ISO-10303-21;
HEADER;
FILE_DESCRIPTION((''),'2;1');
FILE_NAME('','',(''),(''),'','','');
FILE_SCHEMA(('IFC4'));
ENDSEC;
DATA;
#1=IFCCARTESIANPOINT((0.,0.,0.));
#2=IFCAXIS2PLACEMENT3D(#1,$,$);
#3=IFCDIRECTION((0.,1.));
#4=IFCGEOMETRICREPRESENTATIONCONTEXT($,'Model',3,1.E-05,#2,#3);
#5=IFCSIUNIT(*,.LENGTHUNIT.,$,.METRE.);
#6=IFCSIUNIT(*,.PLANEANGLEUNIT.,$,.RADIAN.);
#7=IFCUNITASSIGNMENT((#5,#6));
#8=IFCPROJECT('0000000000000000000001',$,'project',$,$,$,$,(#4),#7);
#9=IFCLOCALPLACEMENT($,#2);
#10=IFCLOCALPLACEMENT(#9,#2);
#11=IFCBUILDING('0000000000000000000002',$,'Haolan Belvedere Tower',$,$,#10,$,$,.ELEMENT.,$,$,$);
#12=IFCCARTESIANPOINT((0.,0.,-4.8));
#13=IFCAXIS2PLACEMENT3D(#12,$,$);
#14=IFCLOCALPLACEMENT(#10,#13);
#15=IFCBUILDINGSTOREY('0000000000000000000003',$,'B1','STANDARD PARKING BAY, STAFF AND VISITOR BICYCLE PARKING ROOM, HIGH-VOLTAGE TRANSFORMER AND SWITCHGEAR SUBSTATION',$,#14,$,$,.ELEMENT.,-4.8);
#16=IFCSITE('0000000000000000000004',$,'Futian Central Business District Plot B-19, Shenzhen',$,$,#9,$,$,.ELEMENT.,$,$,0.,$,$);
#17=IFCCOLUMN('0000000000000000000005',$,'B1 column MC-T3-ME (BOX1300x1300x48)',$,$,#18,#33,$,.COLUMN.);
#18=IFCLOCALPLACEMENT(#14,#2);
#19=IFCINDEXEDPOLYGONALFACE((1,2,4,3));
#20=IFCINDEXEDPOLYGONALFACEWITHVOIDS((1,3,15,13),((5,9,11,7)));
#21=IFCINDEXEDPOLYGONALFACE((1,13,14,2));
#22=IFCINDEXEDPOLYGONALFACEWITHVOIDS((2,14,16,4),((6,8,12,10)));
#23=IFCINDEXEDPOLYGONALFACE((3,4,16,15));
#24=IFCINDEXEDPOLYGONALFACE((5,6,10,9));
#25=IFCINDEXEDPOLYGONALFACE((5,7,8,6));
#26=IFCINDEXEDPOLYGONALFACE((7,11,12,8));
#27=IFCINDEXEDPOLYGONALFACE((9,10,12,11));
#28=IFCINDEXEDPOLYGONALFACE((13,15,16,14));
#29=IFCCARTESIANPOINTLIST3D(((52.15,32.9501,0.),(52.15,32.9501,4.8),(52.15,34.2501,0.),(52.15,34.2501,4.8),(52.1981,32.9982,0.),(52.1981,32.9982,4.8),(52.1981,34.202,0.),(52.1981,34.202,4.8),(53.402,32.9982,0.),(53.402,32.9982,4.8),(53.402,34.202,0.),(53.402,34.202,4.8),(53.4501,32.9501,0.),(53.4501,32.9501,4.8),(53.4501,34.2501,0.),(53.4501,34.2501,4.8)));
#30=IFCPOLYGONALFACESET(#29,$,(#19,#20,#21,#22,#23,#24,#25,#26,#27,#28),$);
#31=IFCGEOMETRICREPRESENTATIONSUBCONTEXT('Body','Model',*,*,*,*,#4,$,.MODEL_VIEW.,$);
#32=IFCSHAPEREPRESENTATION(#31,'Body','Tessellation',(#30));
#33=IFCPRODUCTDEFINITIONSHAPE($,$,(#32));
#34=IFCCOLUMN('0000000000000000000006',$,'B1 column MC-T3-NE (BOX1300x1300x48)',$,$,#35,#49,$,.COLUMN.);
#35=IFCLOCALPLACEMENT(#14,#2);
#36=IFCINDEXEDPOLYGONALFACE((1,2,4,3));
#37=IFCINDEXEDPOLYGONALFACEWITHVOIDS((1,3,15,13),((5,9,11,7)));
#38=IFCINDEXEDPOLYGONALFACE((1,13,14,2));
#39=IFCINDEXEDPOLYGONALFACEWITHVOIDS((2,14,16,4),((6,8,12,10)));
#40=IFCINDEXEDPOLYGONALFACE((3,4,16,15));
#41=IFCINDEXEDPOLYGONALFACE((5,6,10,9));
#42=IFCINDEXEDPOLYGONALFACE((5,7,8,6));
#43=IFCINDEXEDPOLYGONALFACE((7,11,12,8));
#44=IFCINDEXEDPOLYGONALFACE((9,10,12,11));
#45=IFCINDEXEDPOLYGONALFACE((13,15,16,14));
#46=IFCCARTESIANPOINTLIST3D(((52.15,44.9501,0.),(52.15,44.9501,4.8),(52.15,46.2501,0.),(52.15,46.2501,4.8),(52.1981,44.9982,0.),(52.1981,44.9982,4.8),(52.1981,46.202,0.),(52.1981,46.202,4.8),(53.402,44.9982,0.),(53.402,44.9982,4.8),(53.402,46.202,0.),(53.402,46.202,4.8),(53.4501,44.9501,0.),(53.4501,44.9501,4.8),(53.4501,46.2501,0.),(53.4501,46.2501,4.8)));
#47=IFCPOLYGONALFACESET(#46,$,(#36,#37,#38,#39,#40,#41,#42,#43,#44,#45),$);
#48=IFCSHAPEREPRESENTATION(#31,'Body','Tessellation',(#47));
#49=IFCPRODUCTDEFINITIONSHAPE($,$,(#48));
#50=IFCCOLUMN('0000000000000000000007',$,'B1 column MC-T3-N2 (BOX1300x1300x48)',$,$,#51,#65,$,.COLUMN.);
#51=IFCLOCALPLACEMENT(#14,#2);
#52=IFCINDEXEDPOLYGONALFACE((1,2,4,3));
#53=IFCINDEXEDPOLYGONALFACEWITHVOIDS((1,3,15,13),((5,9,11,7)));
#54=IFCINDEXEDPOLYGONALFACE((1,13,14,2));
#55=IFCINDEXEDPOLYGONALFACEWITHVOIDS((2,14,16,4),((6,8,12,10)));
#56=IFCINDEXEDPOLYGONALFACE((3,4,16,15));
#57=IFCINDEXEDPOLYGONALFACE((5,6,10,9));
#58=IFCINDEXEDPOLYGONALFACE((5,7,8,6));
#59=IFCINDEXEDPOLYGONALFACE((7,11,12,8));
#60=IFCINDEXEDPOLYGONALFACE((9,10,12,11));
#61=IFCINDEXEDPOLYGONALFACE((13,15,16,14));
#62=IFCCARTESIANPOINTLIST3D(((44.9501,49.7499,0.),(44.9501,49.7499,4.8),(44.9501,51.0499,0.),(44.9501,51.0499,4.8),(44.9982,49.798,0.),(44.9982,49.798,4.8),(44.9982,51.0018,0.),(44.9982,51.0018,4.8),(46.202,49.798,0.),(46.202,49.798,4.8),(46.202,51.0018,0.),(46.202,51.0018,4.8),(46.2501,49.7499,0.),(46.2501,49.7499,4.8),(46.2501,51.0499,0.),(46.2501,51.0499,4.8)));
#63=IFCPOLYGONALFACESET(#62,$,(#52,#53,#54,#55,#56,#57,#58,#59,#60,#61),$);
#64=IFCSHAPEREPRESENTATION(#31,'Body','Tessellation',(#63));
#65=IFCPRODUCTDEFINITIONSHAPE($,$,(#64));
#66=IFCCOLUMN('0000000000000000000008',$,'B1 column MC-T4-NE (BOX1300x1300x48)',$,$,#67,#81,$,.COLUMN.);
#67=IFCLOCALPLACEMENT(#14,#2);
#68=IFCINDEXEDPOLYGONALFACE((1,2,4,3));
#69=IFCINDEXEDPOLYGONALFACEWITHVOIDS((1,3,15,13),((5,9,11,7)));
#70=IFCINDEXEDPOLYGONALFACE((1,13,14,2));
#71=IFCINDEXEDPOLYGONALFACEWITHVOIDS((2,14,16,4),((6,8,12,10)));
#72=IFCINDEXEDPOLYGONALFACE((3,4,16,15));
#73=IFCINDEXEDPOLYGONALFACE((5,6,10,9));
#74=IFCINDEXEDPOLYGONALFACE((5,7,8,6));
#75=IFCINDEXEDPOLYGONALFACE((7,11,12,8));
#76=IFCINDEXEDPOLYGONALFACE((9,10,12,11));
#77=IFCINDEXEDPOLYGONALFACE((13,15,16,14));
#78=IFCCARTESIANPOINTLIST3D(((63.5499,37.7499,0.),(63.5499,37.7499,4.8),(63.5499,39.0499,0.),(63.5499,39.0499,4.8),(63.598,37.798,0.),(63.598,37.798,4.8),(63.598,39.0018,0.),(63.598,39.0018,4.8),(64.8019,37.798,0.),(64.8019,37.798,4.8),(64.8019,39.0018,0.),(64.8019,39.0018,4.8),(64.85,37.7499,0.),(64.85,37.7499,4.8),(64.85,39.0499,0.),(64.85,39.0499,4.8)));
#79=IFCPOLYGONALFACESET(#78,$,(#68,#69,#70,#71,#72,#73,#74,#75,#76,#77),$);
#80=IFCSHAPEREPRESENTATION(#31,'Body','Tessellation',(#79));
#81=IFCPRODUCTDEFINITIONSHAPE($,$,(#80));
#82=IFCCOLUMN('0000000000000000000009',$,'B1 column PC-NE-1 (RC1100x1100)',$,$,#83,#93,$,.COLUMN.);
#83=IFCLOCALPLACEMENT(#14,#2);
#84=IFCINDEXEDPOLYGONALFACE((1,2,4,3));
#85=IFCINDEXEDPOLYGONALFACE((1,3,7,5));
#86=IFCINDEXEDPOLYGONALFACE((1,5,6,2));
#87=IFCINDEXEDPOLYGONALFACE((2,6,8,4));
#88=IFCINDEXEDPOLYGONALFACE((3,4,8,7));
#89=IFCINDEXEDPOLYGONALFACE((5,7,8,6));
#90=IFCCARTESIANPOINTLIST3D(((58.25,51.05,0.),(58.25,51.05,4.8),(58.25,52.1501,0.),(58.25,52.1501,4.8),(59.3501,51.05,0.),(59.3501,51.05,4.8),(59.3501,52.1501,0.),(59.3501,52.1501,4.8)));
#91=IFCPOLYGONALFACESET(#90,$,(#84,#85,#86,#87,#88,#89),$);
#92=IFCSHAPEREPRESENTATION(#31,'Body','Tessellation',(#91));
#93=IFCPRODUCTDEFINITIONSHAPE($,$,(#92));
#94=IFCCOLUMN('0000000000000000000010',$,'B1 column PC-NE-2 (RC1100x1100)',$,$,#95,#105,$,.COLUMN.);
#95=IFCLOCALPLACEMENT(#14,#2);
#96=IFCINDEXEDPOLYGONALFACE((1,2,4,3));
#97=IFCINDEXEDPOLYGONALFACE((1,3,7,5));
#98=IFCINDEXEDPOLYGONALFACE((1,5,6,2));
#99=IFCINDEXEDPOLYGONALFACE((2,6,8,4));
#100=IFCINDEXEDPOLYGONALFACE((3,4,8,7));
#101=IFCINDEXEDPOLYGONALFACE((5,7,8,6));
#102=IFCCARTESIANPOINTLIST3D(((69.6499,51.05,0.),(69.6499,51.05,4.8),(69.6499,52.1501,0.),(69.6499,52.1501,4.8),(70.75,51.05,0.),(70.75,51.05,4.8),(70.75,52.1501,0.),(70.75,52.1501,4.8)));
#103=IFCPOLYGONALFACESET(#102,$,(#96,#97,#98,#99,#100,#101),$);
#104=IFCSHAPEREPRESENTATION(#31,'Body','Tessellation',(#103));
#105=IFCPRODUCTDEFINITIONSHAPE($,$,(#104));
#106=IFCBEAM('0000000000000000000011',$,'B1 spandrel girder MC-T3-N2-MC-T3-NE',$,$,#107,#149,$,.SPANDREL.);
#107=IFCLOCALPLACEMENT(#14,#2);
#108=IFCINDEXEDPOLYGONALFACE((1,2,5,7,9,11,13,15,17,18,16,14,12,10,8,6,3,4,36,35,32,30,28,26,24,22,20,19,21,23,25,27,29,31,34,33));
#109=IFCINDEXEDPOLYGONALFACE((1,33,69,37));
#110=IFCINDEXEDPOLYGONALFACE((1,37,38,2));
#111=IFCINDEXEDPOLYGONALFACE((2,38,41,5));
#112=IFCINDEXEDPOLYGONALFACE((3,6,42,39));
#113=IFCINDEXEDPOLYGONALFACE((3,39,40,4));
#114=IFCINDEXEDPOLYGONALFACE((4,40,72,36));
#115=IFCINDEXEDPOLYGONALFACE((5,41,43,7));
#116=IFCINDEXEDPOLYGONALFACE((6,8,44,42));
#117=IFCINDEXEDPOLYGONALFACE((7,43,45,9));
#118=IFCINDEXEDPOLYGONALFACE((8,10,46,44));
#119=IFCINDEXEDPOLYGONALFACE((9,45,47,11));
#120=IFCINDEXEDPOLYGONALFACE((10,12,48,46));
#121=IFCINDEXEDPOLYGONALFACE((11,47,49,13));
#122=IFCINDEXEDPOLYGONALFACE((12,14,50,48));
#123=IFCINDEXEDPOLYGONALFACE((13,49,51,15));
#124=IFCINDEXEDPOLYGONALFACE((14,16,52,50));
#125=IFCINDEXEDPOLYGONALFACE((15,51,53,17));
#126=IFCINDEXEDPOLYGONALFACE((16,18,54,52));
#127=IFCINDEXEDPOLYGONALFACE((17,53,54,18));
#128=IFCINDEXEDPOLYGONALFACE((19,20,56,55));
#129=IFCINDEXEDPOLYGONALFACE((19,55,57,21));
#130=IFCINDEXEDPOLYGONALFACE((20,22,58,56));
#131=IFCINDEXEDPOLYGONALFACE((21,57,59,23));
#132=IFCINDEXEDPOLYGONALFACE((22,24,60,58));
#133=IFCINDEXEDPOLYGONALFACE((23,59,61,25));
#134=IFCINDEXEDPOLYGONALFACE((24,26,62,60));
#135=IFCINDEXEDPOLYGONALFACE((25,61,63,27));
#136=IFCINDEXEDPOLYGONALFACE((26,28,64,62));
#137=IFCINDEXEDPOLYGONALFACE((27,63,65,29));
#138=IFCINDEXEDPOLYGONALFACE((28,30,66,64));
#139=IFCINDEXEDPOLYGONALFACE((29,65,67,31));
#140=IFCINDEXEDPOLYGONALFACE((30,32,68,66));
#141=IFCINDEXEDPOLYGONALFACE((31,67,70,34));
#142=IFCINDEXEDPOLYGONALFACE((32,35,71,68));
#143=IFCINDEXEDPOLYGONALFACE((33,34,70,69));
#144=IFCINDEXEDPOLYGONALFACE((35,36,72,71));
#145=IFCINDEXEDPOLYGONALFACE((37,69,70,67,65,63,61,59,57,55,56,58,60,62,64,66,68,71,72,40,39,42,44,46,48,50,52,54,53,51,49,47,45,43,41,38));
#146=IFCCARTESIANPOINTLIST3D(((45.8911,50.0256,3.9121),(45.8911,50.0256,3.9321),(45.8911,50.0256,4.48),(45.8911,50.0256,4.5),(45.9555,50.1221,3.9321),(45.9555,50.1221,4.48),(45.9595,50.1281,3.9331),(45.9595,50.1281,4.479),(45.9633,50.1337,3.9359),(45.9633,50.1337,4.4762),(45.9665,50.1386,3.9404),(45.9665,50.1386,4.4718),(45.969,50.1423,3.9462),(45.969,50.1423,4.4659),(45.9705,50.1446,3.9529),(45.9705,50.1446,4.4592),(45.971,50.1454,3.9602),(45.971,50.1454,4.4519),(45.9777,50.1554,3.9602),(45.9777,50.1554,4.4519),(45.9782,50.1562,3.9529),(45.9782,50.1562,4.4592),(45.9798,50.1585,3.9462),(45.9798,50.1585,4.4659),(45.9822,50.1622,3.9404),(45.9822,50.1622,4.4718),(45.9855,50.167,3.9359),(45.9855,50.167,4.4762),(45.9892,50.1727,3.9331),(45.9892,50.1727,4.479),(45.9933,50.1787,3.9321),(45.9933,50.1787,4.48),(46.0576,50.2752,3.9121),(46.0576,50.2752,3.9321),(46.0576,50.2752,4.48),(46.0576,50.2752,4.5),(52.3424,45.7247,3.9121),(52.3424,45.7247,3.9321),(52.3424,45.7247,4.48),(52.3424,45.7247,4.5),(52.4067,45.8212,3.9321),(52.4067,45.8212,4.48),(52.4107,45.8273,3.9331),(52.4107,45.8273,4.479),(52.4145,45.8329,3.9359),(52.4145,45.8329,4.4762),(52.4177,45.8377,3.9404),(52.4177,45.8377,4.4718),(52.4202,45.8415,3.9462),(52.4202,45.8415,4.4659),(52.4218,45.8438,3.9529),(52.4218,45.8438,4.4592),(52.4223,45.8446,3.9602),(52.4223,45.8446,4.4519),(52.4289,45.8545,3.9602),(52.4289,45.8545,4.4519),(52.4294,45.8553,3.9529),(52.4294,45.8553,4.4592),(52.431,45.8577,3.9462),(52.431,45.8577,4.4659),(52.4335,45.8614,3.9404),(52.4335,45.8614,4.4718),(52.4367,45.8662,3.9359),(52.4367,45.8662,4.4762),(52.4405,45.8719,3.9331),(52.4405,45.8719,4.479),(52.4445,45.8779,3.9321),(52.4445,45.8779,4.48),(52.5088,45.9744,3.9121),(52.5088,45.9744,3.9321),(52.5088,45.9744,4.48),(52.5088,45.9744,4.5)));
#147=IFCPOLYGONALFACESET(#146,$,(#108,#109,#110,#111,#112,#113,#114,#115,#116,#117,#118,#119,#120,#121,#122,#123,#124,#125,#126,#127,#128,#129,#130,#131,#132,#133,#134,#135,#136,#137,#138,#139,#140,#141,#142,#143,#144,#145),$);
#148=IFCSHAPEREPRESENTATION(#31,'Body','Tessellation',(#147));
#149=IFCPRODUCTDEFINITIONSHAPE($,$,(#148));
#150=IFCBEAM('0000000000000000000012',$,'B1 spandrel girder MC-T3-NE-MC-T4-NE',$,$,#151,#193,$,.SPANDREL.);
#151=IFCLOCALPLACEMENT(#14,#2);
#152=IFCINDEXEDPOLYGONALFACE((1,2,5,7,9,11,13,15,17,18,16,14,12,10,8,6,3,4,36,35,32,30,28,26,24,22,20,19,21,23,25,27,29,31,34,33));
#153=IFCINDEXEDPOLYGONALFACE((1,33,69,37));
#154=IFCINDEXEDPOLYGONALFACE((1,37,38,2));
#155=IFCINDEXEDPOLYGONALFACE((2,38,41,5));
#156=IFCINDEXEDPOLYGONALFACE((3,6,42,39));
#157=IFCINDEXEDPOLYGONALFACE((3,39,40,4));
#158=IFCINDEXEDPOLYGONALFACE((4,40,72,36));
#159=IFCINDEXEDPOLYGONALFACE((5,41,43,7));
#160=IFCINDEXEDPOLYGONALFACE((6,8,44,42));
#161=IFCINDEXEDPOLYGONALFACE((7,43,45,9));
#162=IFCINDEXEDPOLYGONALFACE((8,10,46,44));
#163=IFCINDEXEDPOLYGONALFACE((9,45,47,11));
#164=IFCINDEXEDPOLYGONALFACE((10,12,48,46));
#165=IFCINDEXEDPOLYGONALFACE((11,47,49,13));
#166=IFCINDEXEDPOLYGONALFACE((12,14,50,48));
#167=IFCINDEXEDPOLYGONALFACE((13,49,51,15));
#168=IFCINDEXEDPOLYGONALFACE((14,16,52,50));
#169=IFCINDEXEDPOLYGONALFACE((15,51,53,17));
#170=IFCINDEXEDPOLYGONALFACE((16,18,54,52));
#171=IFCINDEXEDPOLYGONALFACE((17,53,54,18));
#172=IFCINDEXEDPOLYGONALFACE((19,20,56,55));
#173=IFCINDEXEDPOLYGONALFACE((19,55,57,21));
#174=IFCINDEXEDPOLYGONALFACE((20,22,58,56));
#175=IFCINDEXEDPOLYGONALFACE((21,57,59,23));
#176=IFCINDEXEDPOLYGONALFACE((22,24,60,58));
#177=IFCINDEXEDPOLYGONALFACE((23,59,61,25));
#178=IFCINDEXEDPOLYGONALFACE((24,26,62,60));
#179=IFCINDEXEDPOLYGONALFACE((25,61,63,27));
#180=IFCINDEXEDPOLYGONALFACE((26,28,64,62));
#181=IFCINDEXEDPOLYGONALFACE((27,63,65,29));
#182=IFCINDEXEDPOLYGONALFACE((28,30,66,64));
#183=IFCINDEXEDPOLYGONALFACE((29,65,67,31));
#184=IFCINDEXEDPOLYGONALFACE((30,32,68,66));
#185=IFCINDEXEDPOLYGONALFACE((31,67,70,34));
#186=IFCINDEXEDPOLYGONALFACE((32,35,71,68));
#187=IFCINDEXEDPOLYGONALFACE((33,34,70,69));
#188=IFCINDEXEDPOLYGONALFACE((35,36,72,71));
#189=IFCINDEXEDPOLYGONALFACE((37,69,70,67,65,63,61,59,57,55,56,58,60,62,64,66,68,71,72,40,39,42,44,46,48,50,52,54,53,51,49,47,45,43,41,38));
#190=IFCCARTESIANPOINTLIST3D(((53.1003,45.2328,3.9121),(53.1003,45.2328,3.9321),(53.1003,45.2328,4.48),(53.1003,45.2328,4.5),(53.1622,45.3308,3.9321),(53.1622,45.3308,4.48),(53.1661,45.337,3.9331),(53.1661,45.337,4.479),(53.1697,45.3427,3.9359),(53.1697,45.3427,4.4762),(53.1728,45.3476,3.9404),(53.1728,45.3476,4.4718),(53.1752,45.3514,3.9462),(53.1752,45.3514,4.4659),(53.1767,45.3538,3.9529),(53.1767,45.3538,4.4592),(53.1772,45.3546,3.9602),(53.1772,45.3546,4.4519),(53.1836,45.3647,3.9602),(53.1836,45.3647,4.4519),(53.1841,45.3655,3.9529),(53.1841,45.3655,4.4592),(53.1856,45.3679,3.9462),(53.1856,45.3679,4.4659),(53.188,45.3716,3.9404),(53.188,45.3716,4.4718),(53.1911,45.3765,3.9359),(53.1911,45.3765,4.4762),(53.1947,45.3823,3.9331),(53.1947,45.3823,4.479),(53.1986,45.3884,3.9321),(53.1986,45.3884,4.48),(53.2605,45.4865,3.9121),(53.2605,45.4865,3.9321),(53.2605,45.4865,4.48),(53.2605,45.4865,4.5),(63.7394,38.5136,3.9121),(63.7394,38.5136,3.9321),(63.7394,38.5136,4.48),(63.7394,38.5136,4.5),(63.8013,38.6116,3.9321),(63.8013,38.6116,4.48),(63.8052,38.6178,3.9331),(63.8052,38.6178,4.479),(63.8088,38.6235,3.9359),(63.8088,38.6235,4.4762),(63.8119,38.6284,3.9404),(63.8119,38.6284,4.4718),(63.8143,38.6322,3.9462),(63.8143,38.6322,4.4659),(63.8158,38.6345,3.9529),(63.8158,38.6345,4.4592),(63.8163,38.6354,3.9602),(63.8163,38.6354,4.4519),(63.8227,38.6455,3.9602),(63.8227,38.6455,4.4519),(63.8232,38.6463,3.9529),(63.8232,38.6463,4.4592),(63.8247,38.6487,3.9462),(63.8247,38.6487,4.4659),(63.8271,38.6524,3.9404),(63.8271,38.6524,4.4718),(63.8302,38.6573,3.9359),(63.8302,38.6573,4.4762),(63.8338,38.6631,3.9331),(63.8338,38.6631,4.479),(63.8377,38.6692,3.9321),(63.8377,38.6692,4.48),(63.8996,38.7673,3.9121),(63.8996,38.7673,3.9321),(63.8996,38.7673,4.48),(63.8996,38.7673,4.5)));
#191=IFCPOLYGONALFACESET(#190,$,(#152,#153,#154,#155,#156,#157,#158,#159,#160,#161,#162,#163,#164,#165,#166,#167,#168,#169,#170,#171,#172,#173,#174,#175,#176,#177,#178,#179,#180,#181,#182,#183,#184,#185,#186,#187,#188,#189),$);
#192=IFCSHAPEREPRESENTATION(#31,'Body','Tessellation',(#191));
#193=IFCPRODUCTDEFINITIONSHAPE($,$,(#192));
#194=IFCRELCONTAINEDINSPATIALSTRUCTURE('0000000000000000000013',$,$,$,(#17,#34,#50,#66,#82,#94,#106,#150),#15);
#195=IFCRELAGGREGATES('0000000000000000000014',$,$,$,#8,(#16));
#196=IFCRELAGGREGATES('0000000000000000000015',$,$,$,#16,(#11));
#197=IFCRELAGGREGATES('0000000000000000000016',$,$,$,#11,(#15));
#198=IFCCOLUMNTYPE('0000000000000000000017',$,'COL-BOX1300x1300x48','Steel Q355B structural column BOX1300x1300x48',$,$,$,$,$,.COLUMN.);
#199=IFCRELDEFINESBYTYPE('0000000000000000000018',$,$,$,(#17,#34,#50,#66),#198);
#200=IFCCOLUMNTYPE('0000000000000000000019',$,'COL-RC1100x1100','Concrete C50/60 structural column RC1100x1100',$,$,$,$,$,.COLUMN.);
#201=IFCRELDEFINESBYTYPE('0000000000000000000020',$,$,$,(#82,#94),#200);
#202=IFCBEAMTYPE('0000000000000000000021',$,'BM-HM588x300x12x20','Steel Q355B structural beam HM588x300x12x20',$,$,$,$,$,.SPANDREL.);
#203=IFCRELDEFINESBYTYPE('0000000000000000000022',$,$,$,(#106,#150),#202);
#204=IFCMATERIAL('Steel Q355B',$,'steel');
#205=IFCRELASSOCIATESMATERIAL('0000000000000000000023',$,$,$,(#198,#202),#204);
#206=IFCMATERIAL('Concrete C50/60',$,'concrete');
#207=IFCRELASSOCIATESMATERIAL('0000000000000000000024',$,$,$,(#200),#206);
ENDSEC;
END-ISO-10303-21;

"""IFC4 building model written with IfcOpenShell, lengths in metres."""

from ifc_helpers import new_model, si_unit, direction, frame, origin, origin_2d, place, context, subcontext, project, spatial, rectangle, hollow_rectangle, i_section, extrude, material, material_profile, profile_set, type_object, element, save


model = new_model("IFC4")

# Units and contexts
model_context = context("Model", 3, precision=1e-05, world=origin(), true_north=direction((0.0, 1.0)))
body_context = subcontext(model_context, "Body", "Model", "MODEL_VIEW")
ifc_project = project(units=[si_unit("LENGTHUNIT", "METRE"), si_unit("PLANEANGLEUNIT", "RADIAN")], contexts=[model_context])

# Site, building, storey
site_placement = place(None, origin())
site = spatial("IfcSite", under=ifc_project, at=site_placement, Name="Futian Central Business District Plot B-19, Shenzhen", CompositionType="ELEMENT", RefElevation=0.0)
building_placement = place(site_placement, origin())
building = spatial("IfcBuilding", under=site, at=building_placement, Name="Haolan Belvedere Tower", CompositionType="ELEMENT")
storey_placement = place(building_placement, frame((0.0, 0.0, -4.8)))
storey = spatial("IfcBuildingStorey", under=building, at=storey_placement, Name="B1", Description="STANDARD PARKING BAY, STAFF AND VISITOR BICYCLE PARKING ROOM, HIGH-VOLTAGE TRANSFORMER AND SWITCHGEAR SUBSTATION", CompositionType="ELEMENT", Elevation=-4.8)

# Columns
ifc_material_1 = material(Name="Steel Q355B", Category="steel")
ifc_material_profile_1 = material_profile(ifc_material_1, hollow_rectangle(XDim=1.3, YDim=1.3, WallThickness=0.0481, at=origin_2d()), Name="Steel Q355B")
ifc_profile_set_1 = profile_set([ifc_material_profile_1], Name="Steel Q355B")
column_type_1 = type_object("IfcColumnType", Name="COL-BOX1300x1300x48", Description="Steel Q355B structural column BOX1300x1300x48", PredefinedType="COLUMN", material=ifc_profile_set_1)
for number, where, z_axis, x_axis, name in (
    (1, (52.8, 33.6001, 0.0), (0.0, 0.0, 1.0), (1.0, 0.0, 0.0), "B1 column MC-T3-ME (BOX1300x1300x48)"),
    (2, (52.8, 45.6001, 0.0), (0.0, 0.0, 1.0), (1.0, 0.0, 0.0), "B1 column MC-T3-NE (BOX1300x1300x48)"),
    (3, (45.6001, 50.3999, 0.0), (0.0, 0.0, 1.0), (1.0, 0.0, 0.0), "B1 column MC-T3-N2 (BOX1300x1300x48)"),
    (4, (64.2, 38.3999, 0.0), (0.0, 0.0, 1.0), (1.0, 0.0, 0.0), "B1 column MC-T4-NE (BOX1300x1300x48)"),
):
    element("IfcColumn", number, at=place(storey_placement, frame(where, z_axis=z_axis, x_axis=x_axis)), inside=storey, type_object=column_type_1, Name=name, PredefinedType="COLUMN", context=body_context, shape_type="SweptSolid", body=[
        extrude(hollow_rectangle(XDim=1.3, YDim=1.3, WallThickness=0.0481, at=origin_2d()), origin(), (0.0, 0.0, 1.0), 4.8),
    ])
ifc_material_2 = material(Name="Concrete C50/60", Category="concrete")
ifc_material_profile_2 = material_profile(ifc_material_2, rectangle(XDim=1.1001, YDim=1.1001, at=origin_2d()), Name="Concrete C50/60")
ifc_profile_set_2 = profile_set([ifc_material_profile_2], Name="Concrete C50/60")
column_type_2 = type_object("IfcColumnType", Name="COL-RC1100x1100", Description="Concrete C50/60 structural column RC1100x1100", PredefinedType="COLUMN", material=ifc_profile_set_2)
for number, where, z_axis, x_axis, name in (
    (5, (58.8, 51.6001, 0.0), (0.0, 0.0, 1.0), (1.0, 0.0, 0.0), "B1 column PC-NE-1 (RC1100x1100)"),
    (6, (70.2, 51.6001, 0.0), (0.0, 0.0, 1.0), (1.0, 0.0, 0.0), "B1 column PC-NE-2 (RC1100x1100)"),
):
    element("IfcColumn", number, at=place(storey_placement, frame(where, z_axis=z_axis, x_axis=x_axis)), inside=storey, type_object=column_type_2, Name=name, PredefinedType="COLUMN", context=body_context, shape_type="SweptSolid", body=[
        extrude(rectangle(XDim=1.1001, YDim=1.1001, at=origin_2d()), origin(), (0.0, 0.0, 1.0), 4.8),
    ])

# Beams
ifc_material_profile_3 = material_profile(ifc_material_1, i_section(OverallWidth=0.3, OverallDepth=0.5879, WebThickness=0.012, FlangeThickness=0.02, FilletRadius=0.0281, at=origin_2d()), Name="Steel Q355B")
ifc_profile_set_3 = profile_set([ifc_material_profile_3], Name="Steel Q355B")
beam_type_1 = type_object("IfcBeamType", Name="BM-HM588x300x12x20", Description="Steel Q355B structural beam HM588x300x12x20", PredefinedType="SPANDREL", material=ifc_profile_set_3)
beam_1_placement = place(storey_placement, frame((45.9744, 50.1504, 4.2061), z_axis=(0.83205, -0.5547, 0.0), x_axis=(0.5547, 0.83205, 0.0)))
element("IfcBeam", 7, at=beam_1_placement, inside=storey, type_object=beam_type_1, Name="B1 spandrel girder MC-T3-N2-MC-T3-NE", PredefinedType="SPANDREL", context=body_context, shape_type="SweptSolid", body=[
    extrude(i_section(OverallWidth=0.3, OverallDepth=0.5879, WebThickness=0.012, FlangeThickness=0.02, FilletRadius=0.0281, at=origin_2d()), origin(), (0.0, 0.0, 1.0), 7.7534),
])
beam_2_placement = place(storey_placement, frame((53.1804, 45.3596, 4.2061), z_axis=(0.845497, -0.53398, 0.0), x_axis=(0.53398, 0.845497, 0.0)))
element("IfcBeam", 8, at=beam_2_placement, inside=storey, type_object=beam_type_1, Name="B1 spandrel girder MC-T3-NE-MC-T4-NE", PredefinedType="SPANDREL", context=body_context, shape_type="SweptSolid", body=[
    extrude(i_section(OverallWidth=0.3, OverallDepth=0.5879, WebThickness=0.012, FlangeThickness=0.02, FilletRadius=0.0281, at=origin_2d()), origin(), (0.0, 0.0, 1.0), 12.5833),
])

save(model, "model.ifc")
